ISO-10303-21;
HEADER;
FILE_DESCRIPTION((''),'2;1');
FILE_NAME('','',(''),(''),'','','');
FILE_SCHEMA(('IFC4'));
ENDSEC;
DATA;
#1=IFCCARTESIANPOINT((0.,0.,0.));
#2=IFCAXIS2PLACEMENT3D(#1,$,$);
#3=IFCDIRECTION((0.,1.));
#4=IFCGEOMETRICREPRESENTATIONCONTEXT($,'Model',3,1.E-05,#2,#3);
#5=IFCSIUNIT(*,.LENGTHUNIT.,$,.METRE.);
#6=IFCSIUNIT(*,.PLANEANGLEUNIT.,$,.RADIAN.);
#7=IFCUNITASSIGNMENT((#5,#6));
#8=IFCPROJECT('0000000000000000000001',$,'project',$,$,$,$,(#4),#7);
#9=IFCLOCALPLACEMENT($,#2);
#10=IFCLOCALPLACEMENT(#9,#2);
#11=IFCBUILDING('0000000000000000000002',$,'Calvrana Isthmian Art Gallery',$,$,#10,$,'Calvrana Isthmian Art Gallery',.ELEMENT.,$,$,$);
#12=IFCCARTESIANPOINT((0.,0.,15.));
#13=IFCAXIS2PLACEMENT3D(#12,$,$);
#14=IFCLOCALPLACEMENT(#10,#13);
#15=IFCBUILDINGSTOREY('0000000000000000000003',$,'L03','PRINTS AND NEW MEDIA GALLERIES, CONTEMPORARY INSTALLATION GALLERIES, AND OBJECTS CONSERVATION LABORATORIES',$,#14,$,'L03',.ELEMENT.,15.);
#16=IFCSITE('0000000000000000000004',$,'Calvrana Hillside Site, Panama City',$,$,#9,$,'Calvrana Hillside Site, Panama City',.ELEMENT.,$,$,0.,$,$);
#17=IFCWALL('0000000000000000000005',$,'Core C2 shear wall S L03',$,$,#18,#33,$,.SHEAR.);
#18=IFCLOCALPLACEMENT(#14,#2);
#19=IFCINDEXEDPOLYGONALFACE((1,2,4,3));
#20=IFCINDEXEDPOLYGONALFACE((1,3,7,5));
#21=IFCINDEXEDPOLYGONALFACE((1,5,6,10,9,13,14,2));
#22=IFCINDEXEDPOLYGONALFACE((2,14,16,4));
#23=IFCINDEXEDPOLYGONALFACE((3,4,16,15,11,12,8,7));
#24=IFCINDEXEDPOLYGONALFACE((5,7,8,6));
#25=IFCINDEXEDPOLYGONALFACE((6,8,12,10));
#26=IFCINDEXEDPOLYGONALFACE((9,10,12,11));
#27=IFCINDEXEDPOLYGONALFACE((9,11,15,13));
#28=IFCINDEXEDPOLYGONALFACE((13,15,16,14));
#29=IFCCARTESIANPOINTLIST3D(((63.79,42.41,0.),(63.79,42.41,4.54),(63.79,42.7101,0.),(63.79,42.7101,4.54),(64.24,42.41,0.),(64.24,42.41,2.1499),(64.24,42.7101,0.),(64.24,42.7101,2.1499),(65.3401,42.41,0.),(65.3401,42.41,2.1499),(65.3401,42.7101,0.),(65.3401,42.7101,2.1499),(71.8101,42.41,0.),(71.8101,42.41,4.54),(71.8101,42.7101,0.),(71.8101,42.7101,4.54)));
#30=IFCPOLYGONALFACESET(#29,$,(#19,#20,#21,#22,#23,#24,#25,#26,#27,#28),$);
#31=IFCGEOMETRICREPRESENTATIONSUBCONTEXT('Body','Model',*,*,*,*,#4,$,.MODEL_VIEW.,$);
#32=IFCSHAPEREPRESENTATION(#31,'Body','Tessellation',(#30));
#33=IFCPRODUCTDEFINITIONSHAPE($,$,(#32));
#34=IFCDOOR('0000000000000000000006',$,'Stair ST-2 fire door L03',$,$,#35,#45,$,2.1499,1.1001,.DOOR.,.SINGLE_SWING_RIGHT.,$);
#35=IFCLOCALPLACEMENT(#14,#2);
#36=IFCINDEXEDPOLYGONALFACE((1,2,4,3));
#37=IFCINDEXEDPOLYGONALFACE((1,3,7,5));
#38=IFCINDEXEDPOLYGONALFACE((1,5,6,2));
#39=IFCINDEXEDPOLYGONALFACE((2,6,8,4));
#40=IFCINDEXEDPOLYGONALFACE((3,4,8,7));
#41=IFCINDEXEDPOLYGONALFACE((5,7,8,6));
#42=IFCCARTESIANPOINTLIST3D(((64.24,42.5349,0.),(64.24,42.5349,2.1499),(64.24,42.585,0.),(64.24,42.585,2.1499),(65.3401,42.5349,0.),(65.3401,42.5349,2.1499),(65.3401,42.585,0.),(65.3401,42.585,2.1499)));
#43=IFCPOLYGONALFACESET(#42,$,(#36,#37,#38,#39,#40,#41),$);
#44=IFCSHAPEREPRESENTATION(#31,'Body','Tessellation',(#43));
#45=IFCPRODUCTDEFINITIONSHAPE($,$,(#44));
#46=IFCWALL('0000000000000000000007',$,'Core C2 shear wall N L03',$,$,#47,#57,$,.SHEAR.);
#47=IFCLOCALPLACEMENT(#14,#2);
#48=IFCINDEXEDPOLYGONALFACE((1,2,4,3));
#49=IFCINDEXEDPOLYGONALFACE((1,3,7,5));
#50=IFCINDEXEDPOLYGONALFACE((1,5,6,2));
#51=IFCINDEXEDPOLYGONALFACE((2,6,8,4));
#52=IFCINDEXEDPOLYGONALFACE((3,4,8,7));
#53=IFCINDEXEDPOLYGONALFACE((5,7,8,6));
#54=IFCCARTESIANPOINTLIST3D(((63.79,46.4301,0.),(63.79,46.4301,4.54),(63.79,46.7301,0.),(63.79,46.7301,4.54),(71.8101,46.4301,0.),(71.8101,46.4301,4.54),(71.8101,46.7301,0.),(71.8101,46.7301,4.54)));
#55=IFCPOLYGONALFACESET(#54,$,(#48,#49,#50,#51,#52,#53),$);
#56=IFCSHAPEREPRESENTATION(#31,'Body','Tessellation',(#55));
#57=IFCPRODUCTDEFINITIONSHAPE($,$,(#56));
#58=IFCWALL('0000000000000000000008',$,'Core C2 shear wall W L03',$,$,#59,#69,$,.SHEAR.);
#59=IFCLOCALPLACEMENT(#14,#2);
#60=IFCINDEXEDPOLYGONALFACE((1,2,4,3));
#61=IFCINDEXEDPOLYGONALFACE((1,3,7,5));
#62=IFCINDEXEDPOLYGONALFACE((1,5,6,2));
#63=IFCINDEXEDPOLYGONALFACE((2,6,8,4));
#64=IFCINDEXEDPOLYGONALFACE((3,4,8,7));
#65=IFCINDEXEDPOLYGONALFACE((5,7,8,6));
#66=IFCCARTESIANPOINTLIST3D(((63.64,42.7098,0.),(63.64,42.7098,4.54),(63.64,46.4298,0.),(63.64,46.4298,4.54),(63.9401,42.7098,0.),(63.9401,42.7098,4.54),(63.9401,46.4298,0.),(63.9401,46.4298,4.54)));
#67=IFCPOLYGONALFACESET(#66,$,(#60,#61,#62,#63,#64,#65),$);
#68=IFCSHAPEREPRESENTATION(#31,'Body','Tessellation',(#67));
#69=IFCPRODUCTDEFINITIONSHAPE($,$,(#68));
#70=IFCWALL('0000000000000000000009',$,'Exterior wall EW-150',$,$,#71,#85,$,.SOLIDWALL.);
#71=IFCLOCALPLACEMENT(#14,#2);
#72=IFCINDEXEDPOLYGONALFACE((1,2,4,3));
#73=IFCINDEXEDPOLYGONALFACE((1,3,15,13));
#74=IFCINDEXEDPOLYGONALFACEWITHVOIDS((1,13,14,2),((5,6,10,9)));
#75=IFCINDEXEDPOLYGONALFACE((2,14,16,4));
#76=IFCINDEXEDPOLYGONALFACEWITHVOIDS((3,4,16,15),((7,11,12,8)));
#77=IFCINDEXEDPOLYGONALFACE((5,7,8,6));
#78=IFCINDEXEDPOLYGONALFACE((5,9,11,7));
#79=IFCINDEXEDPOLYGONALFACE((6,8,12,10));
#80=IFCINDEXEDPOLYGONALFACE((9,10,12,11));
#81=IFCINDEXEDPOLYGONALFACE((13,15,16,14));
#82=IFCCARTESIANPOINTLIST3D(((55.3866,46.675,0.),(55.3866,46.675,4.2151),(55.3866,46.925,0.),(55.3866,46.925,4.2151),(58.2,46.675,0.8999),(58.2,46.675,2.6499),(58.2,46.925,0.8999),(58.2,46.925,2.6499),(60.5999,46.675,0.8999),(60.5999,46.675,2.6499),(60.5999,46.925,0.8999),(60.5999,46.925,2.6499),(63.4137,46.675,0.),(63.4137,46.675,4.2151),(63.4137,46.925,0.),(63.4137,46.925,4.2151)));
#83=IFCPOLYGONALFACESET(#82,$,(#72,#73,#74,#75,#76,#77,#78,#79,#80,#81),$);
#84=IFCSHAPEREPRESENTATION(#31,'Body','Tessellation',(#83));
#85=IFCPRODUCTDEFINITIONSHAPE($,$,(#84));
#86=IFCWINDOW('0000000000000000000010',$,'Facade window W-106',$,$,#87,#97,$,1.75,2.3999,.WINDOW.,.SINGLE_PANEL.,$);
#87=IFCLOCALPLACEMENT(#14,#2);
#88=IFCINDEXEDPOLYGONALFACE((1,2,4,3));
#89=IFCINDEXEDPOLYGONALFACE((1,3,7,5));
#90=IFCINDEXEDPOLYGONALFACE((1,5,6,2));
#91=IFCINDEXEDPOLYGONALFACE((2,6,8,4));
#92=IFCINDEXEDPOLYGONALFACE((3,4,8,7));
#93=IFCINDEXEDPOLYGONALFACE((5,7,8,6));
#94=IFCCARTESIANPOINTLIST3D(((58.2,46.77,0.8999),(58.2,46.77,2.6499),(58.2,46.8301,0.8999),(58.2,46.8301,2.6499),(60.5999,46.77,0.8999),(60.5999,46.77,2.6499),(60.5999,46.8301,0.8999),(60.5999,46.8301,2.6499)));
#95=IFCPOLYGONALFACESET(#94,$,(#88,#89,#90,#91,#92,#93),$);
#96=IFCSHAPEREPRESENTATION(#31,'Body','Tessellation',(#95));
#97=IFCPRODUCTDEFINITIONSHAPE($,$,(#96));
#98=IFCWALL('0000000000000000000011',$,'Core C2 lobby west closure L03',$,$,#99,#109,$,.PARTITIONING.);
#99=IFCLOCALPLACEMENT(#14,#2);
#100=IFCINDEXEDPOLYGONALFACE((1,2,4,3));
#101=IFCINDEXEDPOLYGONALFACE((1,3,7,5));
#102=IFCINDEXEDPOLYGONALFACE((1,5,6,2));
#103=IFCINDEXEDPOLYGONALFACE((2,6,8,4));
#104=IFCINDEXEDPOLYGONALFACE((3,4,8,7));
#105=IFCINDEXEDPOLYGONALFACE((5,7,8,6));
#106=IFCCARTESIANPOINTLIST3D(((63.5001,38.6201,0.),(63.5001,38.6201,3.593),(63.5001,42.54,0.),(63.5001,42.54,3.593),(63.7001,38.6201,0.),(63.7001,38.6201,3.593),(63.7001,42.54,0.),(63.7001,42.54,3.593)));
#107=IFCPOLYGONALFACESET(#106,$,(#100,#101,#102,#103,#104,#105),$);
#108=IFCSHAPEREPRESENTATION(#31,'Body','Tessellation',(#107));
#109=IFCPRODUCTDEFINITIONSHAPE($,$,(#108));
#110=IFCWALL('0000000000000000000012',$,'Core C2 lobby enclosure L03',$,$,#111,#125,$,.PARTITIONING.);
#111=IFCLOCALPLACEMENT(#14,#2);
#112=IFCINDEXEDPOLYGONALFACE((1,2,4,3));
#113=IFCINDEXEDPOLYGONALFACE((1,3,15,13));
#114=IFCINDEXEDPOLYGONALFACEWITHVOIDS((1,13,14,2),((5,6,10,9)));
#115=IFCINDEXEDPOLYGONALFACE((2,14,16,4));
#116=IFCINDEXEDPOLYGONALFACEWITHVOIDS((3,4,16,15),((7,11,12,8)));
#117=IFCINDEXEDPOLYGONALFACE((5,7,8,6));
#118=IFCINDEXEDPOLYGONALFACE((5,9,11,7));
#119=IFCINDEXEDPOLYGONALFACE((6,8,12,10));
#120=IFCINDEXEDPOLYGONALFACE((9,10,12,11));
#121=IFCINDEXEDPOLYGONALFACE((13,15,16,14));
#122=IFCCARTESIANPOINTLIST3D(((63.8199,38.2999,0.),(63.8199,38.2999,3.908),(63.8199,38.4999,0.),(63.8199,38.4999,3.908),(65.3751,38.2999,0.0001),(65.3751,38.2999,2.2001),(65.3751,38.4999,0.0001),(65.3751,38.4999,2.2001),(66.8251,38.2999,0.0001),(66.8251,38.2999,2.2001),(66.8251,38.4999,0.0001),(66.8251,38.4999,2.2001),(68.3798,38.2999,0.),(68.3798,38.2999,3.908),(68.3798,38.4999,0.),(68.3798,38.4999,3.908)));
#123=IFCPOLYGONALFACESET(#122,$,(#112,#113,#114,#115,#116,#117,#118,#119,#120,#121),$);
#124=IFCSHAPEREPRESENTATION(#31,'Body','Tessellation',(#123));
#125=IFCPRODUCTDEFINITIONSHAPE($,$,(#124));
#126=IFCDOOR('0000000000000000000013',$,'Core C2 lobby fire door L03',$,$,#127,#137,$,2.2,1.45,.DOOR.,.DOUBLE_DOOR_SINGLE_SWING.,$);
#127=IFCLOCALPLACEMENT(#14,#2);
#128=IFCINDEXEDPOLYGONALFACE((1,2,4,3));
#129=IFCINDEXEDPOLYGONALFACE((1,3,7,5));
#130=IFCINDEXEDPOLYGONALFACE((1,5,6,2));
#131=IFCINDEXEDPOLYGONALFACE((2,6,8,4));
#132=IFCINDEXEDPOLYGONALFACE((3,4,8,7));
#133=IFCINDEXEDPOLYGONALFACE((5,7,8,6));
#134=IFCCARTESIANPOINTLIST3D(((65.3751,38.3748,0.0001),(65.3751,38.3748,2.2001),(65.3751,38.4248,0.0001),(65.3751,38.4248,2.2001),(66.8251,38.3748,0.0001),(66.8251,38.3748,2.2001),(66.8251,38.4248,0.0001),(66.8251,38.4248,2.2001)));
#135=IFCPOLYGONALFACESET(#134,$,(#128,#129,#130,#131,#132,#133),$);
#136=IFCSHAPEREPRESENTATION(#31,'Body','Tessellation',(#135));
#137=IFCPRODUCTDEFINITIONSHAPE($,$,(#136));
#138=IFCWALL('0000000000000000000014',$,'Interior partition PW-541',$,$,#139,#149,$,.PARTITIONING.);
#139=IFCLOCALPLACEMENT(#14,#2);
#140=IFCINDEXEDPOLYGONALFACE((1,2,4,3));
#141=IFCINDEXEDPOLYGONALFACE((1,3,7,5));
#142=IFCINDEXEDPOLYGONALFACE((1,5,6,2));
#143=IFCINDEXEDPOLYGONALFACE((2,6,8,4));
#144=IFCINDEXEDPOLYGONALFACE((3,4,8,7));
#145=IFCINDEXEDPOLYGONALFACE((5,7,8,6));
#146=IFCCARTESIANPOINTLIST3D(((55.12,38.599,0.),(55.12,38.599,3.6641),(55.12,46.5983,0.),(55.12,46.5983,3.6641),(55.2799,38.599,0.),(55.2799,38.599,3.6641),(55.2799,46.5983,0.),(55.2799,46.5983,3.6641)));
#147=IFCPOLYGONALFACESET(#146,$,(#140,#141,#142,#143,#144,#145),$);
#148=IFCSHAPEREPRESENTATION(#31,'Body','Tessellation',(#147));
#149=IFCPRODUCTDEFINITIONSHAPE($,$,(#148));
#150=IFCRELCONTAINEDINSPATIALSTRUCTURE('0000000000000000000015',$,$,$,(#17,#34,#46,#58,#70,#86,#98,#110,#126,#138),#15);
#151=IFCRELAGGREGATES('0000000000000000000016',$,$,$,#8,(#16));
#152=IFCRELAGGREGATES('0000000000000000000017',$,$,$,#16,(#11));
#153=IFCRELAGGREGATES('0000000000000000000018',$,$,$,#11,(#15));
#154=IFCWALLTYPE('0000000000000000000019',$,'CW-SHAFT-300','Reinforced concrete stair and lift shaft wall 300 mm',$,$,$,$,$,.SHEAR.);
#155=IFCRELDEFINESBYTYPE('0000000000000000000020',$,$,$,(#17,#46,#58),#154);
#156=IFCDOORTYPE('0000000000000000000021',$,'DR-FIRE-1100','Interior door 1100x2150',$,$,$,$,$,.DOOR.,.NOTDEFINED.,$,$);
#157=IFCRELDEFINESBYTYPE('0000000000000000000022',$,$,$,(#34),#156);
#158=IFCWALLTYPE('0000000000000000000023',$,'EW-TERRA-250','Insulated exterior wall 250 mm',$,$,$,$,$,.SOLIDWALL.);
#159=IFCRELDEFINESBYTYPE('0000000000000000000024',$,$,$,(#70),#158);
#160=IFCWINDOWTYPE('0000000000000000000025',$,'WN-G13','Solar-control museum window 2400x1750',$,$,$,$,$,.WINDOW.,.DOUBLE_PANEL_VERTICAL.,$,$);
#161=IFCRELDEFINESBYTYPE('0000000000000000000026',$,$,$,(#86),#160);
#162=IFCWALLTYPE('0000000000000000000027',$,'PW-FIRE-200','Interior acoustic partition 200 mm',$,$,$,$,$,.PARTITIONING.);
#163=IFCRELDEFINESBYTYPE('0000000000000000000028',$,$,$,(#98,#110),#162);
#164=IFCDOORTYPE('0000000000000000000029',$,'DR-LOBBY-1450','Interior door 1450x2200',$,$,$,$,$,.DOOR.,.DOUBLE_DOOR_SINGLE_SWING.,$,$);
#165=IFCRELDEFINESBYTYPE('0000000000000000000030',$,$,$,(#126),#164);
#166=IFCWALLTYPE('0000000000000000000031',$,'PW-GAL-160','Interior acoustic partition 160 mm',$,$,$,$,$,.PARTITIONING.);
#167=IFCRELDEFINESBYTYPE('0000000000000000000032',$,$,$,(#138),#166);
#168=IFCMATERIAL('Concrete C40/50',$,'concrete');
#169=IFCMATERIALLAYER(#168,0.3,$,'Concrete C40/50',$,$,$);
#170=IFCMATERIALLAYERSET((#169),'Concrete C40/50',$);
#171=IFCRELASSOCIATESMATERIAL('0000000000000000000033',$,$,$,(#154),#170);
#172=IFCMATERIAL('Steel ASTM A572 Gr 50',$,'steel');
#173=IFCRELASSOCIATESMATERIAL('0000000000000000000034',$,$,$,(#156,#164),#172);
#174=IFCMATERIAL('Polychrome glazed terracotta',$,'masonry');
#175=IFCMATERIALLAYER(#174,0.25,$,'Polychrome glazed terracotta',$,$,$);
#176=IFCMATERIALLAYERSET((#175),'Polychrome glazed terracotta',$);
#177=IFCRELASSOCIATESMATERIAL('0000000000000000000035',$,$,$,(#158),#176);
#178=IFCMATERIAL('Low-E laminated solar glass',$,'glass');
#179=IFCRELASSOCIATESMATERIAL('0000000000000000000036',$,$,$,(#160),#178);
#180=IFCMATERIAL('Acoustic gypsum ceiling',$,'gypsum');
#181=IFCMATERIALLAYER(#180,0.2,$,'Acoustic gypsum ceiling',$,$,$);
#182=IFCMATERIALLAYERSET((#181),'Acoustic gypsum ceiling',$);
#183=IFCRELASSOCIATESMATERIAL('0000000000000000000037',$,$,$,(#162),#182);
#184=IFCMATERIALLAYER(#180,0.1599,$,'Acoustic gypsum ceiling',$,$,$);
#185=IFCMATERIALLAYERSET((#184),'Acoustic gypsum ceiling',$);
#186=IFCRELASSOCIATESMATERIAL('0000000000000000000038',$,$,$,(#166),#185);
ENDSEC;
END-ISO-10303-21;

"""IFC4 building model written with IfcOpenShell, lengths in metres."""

from ifc_helpers import new_model, si_unit, direction, frame, frame_2d, origin, place, context, subcontext, project, spatial, rectangle, extrude, material, layer, layer_set, type_object, element, fill, save


model = new_model("IFC4")

# Units and contexts
model_context = context("Model", 3, precision=1e-05, world=origin(), true_north=direction((0.0, 1.0)))
body_context = subcontext(model_context, "Body", "Model", "MODEL_VIEW")
ifc_project = project(units=[si_unit("LENGTHUNIT", "METRE"), si_unit("PLANEANGLEUNIT", "RADIAN")], contexts=[model_context])

# Site, building, storey
site_placement = place(None, origin())
site = spatial("IfcSite", under=ifc_project, at=site_placement, Name="Calvrana Hillside Site, Panama City", LongName="Calvrana Hillside Site, Panama City", CompositionType="ELEMENT", RefElevation=0.0)
building_placement = place(site_placement, origin())
building = spatial("IfcBuilding", under=site, at=building_placement, Name="Calvrana Isthmian Art Gallery", LongName="Calvrana Isthmian Art Gallery", CompositionType="ELEMENT")
storey_placement = place(building_placement, frame((0.0, 0.0, 15.0)))
storey = spatial("IfcBuildingStorey", under=building, at=storey_placement, Name="L03", Description="PRINTS AND NEW MEDIA GALLERIES, CONTEMPORARY INSTALLATION GALLERIES, AND OBJECTS CONSERVATION LABORATORIES", LongName="L03", CompositionType="ELEMENT", Elevation=15.0)

# Shared definitions
ifc_material_1 = material(Name="Steel ASTM A572 Gr 50", Category="steel")

# Wall, opening, door
ifc_material_2 = material(Name="Concrete C40/50", Category="concrete")
ifc_layer_1 = layer(ifc_material_2, 0.3, Name="Concrete C40/50")
ifc_layer_set_1 = layer_set([ifc_layer_1], Name="Concrete C40/50")
wall_type_1 = type_object("IfcWallType", Name="CW-SHAFT-300", Description="Reinforced concrete stair and lift shaft wall 300 mm", PredefinedType="SHEAR", material=ifc_layer_set_1)
wall_1_placement = place(storey_placement, frame((63.79, 42.5601, 0.0), z_axis=(0.0, 0.0, 1.0), x_axis=(1.0, 0.0, 0.0)))
wall_1 = element("IfcWall", 1, at=wall_1_placement, inside=storey, type_object=wall_type_1, Name="Core C2 shear wall S L03", PredefinedType="SHEAR", context=body_context, shape_type="SweptSolid", body=[
    extrude(rectangle(XDim=8.02, YDim=0.3, at=frame_2d((4.01, 0.0))), origin(), (0.0, 0.0, 1.0), 4.54),
])
opening_1_placement = place(wall_1_placement, frame((0.45, 0.0, 0.0)))
opening_1 = element("IfcOpeningElement", 2, at=opening_1_placement, cuts=wall_1, PredefinedType="OPENING", context=body_context, shape_type="SweptSolid", body=[
    extrude(rectangle(XDim=1.1001, YDim=2.1499, at=frame_2d((0.55, 1.075))), frame((0.0, 0.1602, 0.0), z_axis=(0.0, -1.0, 0.0), x_axis=(1.0, 0.0, 0.0)), (0.0, 0.0, 1.0), 0.3206),
])
door_type_1 = type_object("IfcDoorType", Name="DR-FIRE-1100", Description="Interior door 1100x2150", OperationType="NOTDEFINED", PredefinedType="DOOR", material=ifc_material_1)
door_1_placement = place(opening_1_placement, origin())
door_1 = element("IfcDoor", 3, at=door_1_placement, inside=storey, type_object=door_type_1, Name="Stair ST-2 fire door L03", OperationType="SINGLE_SWING_RIGHT", OverallHeight=2.1499, OverallWidth=1.1001, PredefinedType="DOOR", context=body_context, shape_type="SweptSolid", body=[
    extrude(rectangle(XDim=1.1001, YDim=2.1499, at=frame_2d((0.55, 1.075))), frame((0.0, 0.0249, 0.0), z_axis=(0.0, -1.0, 0.0), x_axis=(1.0, 0.0, 0.0)), (0.0, 0.0, 1.0), 0.05),
])
fill(opening_1, door_1)

# Walls
wall_2_placement = place(storey_placement, frame((63.79, 46.5801, 0.0), z_axis=(0.0, 0.0, 1.0), x_axis=(1.0, 0.0, 0.0)))
element("IfcWall", 4, at=wall_2_placement, inside=storey, type_object=wall_type_1, Name="Core C2 shear wall N L03", PredefinedType="SHEAR", context=body_context, shape_type="SweptSolid", body=[
    extrude(rectangle(XDim=8.02, YDim=0.3, at=frame_2d((4.01, 0.0))), origin(), (0.0, 0.0, 1.0), 4.54),
])
wall_3_placement = place(storey_placement, frame((63.79, 42.71, 0.0), z_axis=(0.0, 0.0, 1.0), x_axis=(0.0, 1.0, 0.0)))
element("IfcWall", 5, at=wall_3_placement, inside=storey, type_object=wall_type_1, Name="Core C2 shear wall W L03", PredefinedType="SHEAR", context=body_context, shape_type="SweptSolid", body=[
    extrude(rectangle(XDim=3.72, YDim=0.3, at=frame_2d((1.8599, 0.0))), origin(), (0.0, 0.0, 1.0), 4.54),
])

# Wall, opening, window
ifc_material_3 = material(Name="Polychrome glazed terracotta", Category="masonry")
ifc_layer_2 = layer(ifc_material_3, 0.25, Name="Polychrome glazed terracotta")
ifc_layer_set_2 = layer_set([ifc_layer_2], Name="Polychrome glazed terracotta")
wall_type_2 = type_object("IfcWallType", Name="EW-TERRA-250", Description="Insulated exterior wall 250 mm", PredefinedType="SOLIDWALL", material=ifc_layer_set_2)
wall_4_placement = place(storey_placement, frame((55.3865, 46.8, 0.0), z_axis=(0.0, 0.0, 1.0), x_axis=(1.0, 0.0, 0.0)))
wall_4 = element("IfcWall", 6, at=wall_4_placement, inside=storey, type_object=wall_type_2, Name="Exterior wall EW-150", PredefinedType="SOLIDWALL", context=body_context, shape_type="SweptSolid", body=[
    extrude(rectangle(XDim=8.0271, YDim=0.25, at=frame_2d((4.0137, 0.0))), origin(), (0.0, 0.0, 1.0), 4.2151),
])
opening_2_placement = place(wall_4_placement, frame((2.8135, 0.0, 0.8999)))
opening_2 = element("IfcOpeningElement", 7, at=opening_2_placement, cuts=wall_4, PredefinedType="OPENING", context=body_context, shape_type="SweptSolid", body=[
    extrude(rectangle(XDim=2.3999, YDim=1.75, at=frame_2d((1.2, 0.875))), frame((0.0, 0.1353, 0.0), z_axis=(0.0, -1.0, 0.0), x_axis=(1.0, 0.0, 0.0)), (0.0, 0.0, 1.0), 0.2705),
])
ifc_material_4 = material(Name="Low-E laminated solar glass", Category="glass")
window_type = type_object("IfcWindowType", Name="WN-G13", Description="Solar-control museum window 2400x1750", PartitioningType="DOUBLE_PANEL_VERTICAL", PredefinedType="WINDOW", material=ifc_material_4)
window_placement = place(opening_2_placement, origin())
window = element("IfcWindow", 8, at=window_placement, inside=storey, type_object=window_type, Name="Facade window W-106", OverallHeight=1.75, OverallWidth=2.3999, PartitioningType="SINGLE_PANEL", PredefinedType="WINDOW", context=body_context, shape_type="SweptSolid", body=[
    extrude(rectangle(XDim=2.3999, YDim=1.75, at=frame_2d((1.2, 0.875))), frame((0.0, 0.03, 0.0), z_axis=(0.0, -1.0, 0.0), x_axis=(1.0, 0.0, 0.0)), (0.0, 0.0, 1.0), 0.0601),
])
fill(opening_2, window)

# Wall
ifc_material_5 = material(Name="Acoustic gypsum ceiling", Category="gypsum")
ifc_layer_3 = layer(ifc_material_5, 0.2, Name="Acoustic gypsum ceiling")
ifc_layer_set_3 = layer_set([ifc_layer_3], Name="Acoustic gypsum ceiling")
wall_type_3 = type_object("IfcWallType", Name="PW-FIRE-200", Description="Interior acoustic partition 200 mm", PredefinedType="PARTITIONING", material=ifc_layer_set_3)
wall_5_placement = place(storey_placement, frame((63.6001, 38.6201, 0.0), z_axis=(0.0, 0.0, 1.0), x_axis=(0.0, 1.0, 0.0)))
element("IfcWall", 9, at=wall_5_placement, inside=storey, type_object=wall_type_3, Name="Core C2 lobby west closure L03", PredefinedType="PARTITIONING", context=body_context, shape_type="SweptSolid", body=[
    extrude(rectangle(XDim=3.9199, YDim=0.2, at=frame_2d((1.96, 0.0))), origin(), (0.0, 0.0, 1.0), 3.593),
])

# Wall, opening, door
wall_6_placement = place(storey_placement, frame((63.8201, 38.3999, 0.0), z_axis=(0.0, 0.0, 1.0), x_axis=(1.0, 0.0, 0.0)))
wall_6 = element("IfcWall", 10, at=wall_6_placement, inside=storey, type_object=wall_type_3, Name="Core C2 lobby enclosure L03", PredefinedType="PARTITIONING", context=body_context, shape_type="SweptSolid", body=[
    extrude(rectangle(XDim=4.5598, YDim=0.2, at=frame_2d((2.2798, 0.0))), origin(), (0.0, 0.0, 1.0), 3.908),
])
opening_3_placement = place(wall_6_placement, frame((1.5549, 0.0, 0.0)))
opening_3 = element("IfcOpeningElement", 11, at=opening_3_placement, cuts=wall_6, PredefinedType="OPENING", context=body_context, shape_type="SweptSolid", body=[
    extrude(rectangle(XDim=1.45, YDim=2.2, at=frame_2d((0.7251, 1.1001))), frame((0.0, 0.1104, 0.0), z_axis=(0.0, -1.0, 0.0), x_axis=(1.0, 0.0, 0.0)), (0.0, 0.0, 1.0), 0.2205),
])
door_type_2 = type_object("IfcDoorType", Name="DR-LOBBY-1450", Description="Interior door 1450x2200", OperationType="DOUBLE_DOOR_SINGLE_SWING", PredefinedType="DOOR", material=ifc_material_1)
door_2_placement = place(opening_3_placement, origin())
door_2 = element("IfcDoor", 12, at=door_2_placement, inside=storey, type_object=door_type_2, Name="Core C2 lobby fire door L03", OperationType="DOUBLE_DOOR_SINGLE_SWING", OverallHeight=2.2, OverallWidth=1.45, PredefinedType="DOOR", context=body_context, shape_type="SweptSolid", body=[
    extrude(rectangle(XDim=1.45, YDim=2.2, at=frame_2d((0.7251, 1.1001))), frame((0.0, 0.0249, 0.0), z_axis=(0.0, -1.0, 0.0), x_axis=(1.0, 0.0, 0.0)), (0.0, 0.0, 1.0), 0.05),
])
fill(opening_3, door_2)

# Wall
ifc_layer_4 = layer(ifc_material_5, 0.1599, Name="Acoustic gypsum ceiling")
ifc_layer_set_4 = layer_set([ifc_layer_4], Name="Acoustic gypsum ceiling")
wall_type_4 = type_object("IfcWallType", Name="PW-GAL-160", Description="Interior acoustic partition 160 mm", PredefinedType="PARTITIONING", material=ifc_layer_set_4)
wall_7_placement = place(storey_placement, frame((55.2, 38.5991, 0.0), z_axis=(0.0, 0.0, 1.0), x_axis=(0.0, 1.0, 0.0)))
element("IfcWall", 13, at=wall_7_placement, inside=storey, type_object=wall_type_4, Name="Interior partition PW-541", PredefinedType="PARTITIONING", context=body_context, shape_type="SweptSolid", body=[
    extrude(rectangle(XDim=7.9993, YDim=0.1599, at=frame_2d((3.9995, 0.0))), origin(), (0.0, 0.0, 1.0), 3.6641),
])

save(model, "model.ifc")
